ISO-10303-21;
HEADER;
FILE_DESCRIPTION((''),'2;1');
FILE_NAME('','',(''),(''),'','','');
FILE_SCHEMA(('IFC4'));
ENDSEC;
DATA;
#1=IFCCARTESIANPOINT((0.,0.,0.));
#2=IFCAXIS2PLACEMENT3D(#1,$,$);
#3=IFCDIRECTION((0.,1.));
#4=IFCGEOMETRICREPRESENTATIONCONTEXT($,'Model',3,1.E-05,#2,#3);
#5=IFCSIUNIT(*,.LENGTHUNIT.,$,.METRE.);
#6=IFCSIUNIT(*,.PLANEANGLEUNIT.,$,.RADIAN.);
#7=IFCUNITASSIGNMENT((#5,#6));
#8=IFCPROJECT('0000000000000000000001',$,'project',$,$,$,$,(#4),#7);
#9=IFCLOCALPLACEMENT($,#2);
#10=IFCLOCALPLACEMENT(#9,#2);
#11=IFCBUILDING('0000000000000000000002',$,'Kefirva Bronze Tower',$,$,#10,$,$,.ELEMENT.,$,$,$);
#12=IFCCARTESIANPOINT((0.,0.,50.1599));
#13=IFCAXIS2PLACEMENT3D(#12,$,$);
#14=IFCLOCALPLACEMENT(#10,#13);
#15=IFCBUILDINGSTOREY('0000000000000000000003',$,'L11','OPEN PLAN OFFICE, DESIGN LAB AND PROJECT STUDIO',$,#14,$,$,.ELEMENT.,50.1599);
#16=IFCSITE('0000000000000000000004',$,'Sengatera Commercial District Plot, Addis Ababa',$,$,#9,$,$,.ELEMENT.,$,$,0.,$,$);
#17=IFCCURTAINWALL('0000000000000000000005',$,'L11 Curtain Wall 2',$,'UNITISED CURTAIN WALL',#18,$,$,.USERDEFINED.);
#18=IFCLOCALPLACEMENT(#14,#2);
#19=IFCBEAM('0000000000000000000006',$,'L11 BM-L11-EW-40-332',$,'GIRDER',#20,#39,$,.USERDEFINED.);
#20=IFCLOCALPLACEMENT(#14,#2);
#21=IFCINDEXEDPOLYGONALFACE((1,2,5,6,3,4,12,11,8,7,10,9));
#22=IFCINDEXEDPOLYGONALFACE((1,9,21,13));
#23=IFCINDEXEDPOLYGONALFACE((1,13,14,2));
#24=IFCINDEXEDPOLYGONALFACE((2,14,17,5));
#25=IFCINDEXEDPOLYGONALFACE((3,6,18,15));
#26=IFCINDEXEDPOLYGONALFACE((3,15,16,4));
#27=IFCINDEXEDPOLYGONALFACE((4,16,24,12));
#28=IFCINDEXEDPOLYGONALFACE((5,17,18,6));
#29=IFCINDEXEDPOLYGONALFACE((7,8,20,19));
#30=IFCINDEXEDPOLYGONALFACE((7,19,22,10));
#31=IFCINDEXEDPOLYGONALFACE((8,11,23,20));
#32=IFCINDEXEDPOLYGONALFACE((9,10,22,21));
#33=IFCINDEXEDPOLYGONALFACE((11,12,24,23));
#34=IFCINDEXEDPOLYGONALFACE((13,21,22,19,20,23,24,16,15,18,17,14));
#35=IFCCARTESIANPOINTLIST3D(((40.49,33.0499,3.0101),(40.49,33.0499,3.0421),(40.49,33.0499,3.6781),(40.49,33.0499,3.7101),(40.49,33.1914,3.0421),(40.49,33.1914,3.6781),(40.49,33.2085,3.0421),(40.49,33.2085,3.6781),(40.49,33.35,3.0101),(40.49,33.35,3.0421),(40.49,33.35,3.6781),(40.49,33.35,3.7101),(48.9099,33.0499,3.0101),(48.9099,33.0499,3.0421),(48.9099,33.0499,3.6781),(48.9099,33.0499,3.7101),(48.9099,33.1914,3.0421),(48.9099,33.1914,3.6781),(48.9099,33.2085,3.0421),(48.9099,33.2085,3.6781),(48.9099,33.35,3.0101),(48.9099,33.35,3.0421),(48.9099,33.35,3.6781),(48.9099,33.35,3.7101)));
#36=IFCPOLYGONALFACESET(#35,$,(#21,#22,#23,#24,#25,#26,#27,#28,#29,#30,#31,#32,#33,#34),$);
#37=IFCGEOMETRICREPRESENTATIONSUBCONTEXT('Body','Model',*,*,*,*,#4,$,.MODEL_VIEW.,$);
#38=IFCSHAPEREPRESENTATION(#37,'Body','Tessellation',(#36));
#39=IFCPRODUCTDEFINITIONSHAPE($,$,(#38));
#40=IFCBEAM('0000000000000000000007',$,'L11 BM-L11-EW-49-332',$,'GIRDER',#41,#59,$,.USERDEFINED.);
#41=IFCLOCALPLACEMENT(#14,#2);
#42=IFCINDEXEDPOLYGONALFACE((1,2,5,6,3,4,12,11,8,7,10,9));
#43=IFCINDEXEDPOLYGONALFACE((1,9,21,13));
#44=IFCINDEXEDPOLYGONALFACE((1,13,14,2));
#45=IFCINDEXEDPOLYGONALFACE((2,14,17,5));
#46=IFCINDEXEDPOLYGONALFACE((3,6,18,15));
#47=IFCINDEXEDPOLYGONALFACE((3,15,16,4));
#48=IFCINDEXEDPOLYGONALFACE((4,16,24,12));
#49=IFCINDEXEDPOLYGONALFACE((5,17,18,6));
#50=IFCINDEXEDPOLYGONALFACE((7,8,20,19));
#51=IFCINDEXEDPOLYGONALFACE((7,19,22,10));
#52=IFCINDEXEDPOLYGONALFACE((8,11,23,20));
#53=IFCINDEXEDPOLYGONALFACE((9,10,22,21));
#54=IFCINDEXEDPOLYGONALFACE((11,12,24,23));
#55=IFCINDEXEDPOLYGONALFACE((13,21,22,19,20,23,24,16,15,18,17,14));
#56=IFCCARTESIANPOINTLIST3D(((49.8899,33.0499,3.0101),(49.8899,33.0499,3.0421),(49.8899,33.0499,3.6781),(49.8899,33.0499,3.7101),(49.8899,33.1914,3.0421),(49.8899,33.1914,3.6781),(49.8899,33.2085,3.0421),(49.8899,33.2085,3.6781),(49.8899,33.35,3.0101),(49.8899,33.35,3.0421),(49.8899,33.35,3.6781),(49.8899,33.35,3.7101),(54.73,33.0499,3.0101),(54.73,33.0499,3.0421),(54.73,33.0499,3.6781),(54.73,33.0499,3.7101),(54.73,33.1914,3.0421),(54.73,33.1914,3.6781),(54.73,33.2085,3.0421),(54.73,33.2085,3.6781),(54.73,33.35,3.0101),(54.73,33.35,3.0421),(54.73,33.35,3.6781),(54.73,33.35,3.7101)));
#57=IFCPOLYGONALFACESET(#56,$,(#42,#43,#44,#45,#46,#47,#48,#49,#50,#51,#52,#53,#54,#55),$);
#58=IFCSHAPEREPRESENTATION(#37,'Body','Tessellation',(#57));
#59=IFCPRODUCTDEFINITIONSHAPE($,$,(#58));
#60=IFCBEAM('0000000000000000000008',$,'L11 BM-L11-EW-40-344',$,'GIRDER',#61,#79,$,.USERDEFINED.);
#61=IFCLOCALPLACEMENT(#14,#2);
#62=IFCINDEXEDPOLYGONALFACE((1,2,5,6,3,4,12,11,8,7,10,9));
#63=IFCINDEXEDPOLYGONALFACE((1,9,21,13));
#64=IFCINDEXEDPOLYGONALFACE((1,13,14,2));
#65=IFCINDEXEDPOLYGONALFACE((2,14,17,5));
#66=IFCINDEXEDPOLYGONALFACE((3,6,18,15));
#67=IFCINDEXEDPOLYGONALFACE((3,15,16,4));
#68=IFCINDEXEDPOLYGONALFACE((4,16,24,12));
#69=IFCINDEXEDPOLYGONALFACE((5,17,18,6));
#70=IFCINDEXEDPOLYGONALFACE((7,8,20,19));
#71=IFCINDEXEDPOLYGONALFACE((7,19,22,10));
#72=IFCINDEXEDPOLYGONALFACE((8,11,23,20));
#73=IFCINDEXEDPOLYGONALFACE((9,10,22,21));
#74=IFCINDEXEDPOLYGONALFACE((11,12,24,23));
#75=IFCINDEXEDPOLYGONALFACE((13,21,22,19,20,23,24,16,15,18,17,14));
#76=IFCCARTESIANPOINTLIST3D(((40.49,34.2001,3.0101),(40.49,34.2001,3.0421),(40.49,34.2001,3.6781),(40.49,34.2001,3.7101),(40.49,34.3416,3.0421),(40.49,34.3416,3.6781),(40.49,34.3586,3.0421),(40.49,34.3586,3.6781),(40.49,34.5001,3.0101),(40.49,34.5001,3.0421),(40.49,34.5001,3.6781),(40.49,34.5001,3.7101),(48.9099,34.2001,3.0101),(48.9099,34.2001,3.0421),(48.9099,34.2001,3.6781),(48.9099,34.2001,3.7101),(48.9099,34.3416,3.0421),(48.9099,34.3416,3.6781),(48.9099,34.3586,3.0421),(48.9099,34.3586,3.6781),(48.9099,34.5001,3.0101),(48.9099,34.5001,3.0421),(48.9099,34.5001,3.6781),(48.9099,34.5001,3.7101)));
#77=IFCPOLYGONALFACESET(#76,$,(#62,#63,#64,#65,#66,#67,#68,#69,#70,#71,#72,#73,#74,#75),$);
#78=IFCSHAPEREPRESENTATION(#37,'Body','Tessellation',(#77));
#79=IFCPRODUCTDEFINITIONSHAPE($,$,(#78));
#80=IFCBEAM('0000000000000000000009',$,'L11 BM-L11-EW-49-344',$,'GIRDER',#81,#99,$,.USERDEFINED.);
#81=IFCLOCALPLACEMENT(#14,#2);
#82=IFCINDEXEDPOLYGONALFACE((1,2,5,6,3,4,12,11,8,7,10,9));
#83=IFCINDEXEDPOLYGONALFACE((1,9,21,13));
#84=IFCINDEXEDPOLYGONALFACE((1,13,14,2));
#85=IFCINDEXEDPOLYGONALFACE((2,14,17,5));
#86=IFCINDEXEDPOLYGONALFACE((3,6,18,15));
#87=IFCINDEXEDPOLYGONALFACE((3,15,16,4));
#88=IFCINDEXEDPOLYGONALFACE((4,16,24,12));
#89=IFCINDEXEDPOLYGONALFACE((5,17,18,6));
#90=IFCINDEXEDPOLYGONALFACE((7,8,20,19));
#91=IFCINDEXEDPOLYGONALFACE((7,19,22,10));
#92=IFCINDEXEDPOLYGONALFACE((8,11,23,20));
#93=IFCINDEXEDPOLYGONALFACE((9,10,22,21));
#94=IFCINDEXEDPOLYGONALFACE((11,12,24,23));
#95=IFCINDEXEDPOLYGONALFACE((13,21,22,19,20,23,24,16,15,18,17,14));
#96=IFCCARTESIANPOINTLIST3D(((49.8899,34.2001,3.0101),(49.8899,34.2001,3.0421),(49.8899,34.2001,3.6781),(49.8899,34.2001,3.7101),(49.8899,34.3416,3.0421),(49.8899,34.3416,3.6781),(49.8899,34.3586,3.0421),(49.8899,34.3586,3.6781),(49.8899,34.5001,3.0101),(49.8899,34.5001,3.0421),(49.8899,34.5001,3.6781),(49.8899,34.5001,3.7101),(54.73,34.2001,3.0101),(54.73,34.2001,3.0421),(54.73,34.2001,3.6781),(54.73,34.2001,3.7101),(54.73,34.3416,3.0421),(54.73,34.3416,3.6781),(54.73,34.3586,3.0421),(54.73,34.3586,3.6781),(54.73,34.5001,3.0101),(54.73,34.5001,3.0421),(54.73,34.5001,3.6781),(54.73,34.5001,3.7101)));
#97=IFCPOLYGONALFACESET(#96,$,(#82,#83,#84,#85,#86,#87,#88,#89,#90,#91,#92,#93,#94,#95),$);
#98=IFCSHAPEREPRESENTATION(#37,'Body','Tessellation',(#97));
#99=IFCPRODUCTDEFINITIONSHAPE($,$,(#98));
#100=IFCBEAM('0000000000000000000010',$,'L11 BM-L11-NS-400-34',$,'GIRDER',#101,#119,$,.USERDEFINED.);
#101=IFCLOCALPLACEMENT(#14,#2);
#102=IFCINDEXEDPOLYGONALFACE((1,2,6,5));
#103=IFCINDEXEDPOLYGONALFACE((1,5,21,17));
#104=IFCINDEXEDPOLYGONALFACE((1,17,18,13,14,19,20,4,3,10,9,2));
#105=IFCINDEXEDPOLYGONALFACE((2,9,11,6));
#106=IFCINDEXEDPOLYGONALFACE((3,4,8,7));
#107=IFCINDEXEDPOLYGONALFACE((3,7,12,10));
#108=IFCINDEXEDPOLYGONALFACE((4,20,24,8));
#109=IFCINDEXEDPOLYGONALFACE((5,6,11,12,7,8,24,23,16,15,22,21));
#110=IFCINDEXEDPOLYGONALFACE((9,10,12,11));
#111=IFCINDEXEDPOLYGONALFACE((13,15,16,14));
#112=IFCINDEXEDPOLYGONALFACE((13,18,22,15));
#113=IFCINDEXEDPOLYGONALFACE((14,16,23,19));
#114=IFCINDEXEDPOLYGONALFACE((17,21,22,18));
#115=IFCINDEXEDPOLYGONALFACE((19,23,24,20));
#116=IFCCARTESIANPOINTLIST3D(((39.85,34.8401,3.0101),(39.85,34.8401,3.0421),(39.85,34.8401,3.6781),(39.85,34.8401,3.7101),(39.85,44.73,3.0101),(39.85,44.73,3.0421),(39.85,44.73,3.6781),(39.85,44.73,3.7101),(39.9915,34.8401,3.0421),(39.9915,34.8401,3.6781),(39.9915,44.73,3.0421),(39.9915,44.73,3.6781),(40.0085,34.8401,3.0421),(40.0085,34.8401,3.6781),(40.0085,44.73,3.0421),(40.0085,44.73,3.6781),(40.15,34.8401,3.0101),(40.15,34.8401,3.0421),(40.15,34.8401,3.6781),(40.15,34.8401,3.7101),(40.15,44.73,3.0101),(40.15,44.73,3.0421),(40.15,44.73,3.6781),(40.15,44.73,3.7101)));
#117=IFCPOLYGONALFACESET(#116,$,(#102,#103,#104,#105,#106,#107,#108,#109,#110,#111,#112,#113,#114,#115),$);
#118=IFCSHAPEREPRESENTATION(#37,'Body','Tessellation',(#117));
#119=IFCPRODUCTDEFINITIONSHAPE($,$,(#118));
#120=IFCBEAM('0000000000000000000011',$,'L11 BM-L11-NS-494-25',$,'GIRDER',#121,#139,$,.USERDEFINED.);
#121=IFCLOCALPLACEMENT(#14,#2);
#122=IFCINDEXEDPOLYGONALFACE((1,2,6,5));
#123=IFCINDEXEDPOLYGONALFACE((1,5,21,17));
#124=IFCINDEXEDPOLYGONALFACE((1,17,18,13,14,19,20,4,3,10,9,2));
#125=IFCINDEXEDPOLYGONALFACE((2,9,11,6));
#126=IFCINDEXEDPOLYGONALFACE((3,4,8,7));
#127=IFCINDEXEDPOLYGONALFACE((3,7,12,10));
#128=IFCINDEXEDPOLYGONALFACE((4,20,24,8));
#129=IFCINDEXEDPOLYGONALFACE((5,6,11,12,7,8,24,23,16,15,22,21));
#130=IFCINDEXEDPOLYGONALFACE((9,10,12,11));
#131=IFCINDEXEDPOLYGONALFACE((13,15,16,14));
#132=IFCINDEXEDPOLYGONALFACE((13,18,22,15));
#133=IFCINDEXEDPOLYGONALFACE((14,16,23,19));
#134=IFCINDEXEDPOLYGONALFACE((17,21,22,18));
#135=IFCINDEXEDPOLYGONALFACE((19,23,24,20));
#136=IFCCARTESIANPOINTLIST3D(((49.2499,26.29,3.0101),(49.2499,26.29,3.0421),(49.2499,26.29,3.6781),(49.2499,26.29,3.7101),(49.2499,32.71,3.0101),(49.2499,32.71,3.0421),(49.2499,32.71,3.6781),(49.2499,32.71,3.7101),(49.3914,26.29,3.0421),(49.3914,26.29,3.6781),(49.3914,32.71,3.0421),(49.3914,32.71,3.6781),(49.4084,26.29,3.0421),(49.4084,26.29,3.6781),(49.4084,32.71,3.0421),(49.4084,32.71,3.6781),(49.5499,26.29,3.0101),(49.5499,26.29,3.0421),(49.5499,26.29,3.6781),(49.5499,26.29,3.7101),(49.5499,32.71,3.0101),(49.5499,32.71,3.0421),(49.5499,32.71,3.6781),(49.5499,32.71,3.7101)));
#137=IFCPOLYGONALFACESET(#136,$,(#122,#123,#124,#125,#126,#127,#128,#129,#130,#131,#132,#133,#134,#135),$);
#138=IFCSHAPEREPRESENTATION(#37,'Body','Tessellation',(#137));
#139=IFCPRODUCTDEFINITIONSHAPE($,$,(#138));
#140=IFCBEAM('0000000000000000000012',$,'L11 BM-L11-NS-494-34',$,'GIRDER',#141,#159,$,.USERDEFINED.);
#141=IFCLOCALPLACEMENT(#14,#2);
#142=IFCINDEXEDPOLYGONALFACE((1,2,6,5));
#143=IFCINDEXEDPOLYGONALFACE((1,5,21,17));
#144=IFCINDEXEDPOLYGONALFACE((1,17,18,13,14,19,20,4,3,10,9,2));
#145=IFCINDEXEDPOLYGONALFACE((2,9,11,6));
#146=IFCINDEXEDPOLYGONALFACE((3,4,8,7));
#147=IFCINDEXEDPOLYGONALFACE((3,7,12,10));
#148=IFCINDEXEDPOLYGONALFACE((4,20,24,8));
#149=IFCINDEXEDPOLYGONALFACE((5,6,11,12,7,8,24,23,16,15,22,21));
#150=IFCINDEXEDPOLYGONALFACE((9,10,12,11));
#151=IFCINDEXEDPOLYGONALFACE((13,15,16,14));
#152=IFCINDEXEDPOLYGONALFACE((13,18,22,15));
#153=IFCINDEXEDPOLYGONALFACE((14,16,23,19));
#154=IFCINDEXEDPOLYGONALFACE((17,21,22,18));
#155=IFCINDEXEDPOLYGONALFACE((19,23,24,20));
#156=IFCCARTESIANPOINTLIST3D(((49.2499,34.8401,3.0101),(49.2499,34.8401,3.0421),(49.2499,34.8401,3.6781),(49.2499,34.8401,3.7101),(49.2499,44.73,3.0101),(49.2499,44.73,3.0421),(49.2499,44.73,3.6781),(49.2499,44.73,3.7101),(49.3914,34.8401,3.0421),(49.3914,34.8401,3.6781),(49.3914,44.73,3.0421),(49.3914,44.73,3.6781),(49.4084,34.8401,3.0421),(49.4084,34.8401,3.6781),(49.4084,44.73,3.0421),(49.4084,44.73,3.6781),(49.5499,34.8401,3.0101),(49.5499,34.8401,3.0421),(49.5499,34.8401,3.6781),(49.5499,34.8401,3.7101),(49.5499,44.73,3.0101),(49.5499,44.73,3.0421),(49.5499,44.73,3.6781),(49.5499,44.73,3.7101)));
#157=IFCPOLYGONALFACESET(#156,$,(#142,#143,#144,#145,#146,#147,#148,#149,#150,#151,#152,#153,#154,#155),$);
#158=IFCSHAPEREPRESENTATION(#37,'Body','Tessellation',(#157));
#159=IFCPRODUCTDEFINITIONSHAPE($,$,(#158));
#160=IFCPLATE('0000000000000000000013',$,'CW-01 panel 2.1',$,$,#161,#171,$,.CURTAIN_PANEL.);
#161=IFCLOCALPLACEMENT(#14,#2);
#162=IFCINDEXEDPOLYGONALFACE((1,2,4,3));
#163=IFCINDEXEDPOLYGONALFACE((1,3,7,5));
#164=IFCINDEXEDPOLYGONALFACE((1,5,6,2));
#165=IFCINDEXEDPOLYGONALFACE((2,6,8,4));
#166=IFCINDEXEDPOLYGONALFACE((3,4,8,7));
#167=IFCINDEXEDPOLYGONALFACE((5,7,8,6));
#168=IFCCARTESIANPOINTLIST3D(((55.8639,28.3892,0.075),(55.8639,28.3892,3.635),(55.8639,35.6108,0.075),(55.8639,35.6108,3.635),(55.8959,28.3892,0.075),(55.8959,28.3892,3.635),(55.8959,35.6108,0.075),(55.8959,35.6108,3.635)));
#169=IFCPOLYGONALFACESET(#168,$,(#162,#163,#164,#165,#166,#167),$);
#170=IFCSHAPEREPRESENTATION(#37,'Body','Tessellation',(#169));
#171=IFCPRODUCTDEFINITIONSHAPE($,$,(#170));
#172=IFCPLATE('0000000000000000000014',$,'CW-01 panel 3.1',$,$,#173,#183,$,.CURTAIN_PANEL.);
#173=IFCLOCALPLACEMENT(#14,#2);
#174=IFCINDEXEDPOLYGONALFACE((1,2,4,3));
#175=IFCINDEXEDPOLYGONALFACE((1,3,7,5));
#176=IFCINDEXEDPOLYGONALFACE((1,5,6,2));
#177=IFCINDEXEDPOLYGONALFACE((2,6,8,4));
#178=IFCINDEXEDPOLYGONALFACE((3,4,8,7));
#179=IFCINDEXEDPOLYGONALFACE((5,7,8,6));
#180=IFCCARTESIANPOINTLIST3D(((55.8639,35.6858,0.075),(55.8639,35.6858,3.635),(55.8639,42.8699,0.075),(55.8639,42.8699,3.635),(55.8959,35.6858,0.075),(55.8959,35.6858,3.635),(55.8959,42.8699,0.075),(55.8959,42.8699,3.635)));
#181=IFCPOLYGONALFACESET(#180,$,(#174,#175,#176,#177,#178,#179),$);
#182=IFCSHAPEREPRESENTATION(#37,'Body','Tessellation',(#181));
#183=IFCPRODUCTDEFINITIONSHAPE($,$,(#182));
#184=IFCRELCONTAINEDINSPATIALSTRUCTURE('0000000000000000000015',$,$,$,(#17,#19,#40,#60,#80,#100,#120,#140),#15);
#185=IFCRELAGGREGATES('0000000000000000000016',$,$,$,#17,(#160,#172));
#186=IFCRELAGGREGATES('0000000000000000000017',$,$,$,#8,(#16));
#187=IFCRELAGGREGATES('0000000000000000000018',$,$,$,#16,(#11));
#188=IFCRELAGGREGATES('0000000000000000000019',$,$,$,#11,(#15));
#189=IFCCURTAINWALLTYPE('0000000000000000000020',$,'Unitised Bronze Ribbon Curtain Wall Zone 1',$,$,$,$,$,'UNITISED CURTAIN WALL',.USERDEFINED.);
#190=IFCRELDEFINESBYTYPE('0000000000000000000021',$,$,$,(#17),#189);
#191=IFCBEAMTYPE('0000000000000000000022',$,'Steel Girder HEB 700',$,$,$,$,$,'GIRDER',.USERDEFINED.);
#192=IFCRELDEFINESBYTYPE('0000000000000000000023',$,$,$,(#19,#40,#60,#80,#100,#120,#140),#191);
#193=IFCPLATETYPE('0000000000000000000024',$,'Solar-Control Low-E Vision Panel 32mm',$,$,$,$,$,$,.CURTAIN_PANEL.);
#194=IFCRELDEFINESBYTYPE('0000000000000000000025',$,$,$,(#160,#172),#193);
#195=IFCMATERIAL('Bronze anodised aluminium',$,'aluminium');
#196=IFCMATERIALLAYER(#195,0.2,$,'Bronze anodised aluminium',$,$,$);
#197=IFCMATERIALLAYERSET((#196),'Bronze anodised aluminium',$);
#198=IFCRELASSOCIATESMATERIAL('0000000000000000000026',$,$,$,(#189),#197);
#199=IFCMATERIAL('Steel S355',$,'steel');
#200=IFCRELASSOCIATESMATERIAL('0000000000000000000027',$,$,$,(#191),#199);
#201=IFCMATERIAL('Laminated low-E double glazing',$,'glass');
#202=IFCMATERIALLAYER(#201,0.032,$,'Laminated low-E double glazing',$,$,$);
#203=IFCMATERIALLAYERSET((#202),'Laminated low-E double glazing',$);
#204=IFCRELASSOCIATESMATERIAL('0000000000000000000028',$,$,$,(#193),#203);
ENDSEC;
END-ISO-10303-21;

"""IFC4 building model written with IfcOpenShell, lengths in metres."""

from ifc_helpers import new_model, si_unit, direction, frame, origin, origin_2d, place, context, subcontext, project, spatial, rectangle, i_section, extrude, material, layer, layer_set, material_profile, profile_set, type_object, element, aggregate, save


model = new_model("IFC4")

# Units and contexts
model_context = context("Model", 3, precision=1e-05, world=origin(), true_north=direction((0.0, 1.0)))
body_context = subcontext(model_context, "Body", "Model", "MODEL_VIEW")
ifc_project = project(units=[si_unit("LENGTHUNIT", "METRE"), si_unit("PLANEANGLEUNIT", "RADIAN")], contexts=[model_context])

# Site, building, storey
site_placement = place(None, origin())
site = spatial("IfcSite", under=ifc_project, at=site_placement, Name="Sengatera Commercial District Plot, Addis Ababa", CompositionType="ELEMENT", RefElevation=0.0)
building_placement = place(site_placement, origin())
building = spatial("IfcBuilding", under=site, at=building_placement, Name="Kefirva Bronze Tower", CompositionType="ELEMENT")
storey_placement = place(building_placement, frame((0.0, 0.0, 50.1599)))
storey = spatial("IfcBuildingStorey", under=building, at=storey_placement, Name="L11", Description="OPEN PLAN OFFICE, DESIGN LAB AND PROJECT STUDIO", CompositionType="ELEMENT", Elevation=50.1599)

# Curtain wall
ifc_material_1 = material(Name="Bronze anodised aluminium", Category="aluminium")
ifc_layer_1 = layer(ifc_material_1, 0.2, Name="Bronze anodised aluminium")
ifc_layer_set_1 = layer_set([ifc_layer_1], Name="Bronze anodised aluminium")
curtain_wall_type = type_object("IfcCurtainWallType", Name="Unitised Bronze Ribbon Curtain Wall Zone 1", ElementType="UNITISED CURTAIN WALL", PredefinedType="USERDEFINED", material=ifc_layer_set_1)
curtain_wall_placement = place(storey_placement, origin())
curtain_wall = element("IfcCurtainWall", 1, at=curtain_wall_placement, inside=storey, type_object=curtain_wall_type, Name="L11 Curtain Wall 2", ObjectType="UNITISED CURTAIN WALL", PredefinedType="USERDEFINED")

# Beams
ifc_material_2 = material(Name="Steel S355", Category="steel")
ifc_material_profile_1 = material_profile(ifc_material_2, i_section(OverallWidth=0.3, OverallDepth=0.7, WebThickness=0.0171, FlangeThickness=0.032, at=origin_2d()), Name="HEB 700")
ifc_profile_set_1 = profile_set([ifc_material_profile_1], Name="Steel S355")
beam_type_1 = type_object("IfcBeamType", Name="Steel Girder HEB 700", ElementType="GIRDER", PredefinedType="USERDEFINED", material=ifc_profile_set_1)
for number, where, z_axis, x_axis, name in (
    (2, (40.49, 33.2, 3.3601), (1.0, 0.0, 0.0), (0.0, 1.0, 0.0), "L11 BM-L11-EW-40-332"),
):
    element("IfcBeam", number, at=place(storey_placement, frame(where, z_axis=z_axis, x_axis=x_axis)), inside=storey, type_object=beam_type_1, Name=name, ObjectType="GIRDER", PredefinedType="USERDEFINED", context=body_context, shape_type="SweptSolid", body=[
        extrude(i_section(OverallWidth=0.3, OverallDepth=0.7, WebThickness=0.0171, FlangeThickness=0.032, at=origin_2d()), origin(), (0.0, 0.0, 1.0), 8.4199),
    ])
beam_1_placement = place(storey_placement, frame((49.8899, 33.2, 3.3601), z_axis=(1.0, 0.0, 0.0), x_axis=(0.0, 1.0, 0.0)))
element("IfcBeam", 3, at=beam_1_placement, inside=storey, type_object=beam_type_1, Name="L11 BM-L11-EW-49-332", ObjectType="GIRDER", PredefinedType="USERDEFINED", context=body_context, shape_type="SweptSolid", body=[
    extrude(i_section(OverallWidth=0.3, OverallDepth=0.7, WebThickness=0.0171, FlangeThickness=0.032, at=origin_2d()), origin(), (0.0, 0.0, 1.0), 4.8401),
])
beam_2_placement = place(storey_placement, frame((40.49, 34.3501, 3.3601), z_axis=(1.0, 0.0, 0.0), x_axis=(0.0, 1.0, 0.0)))
element("IfcBeam", 4, at=beam_2_placement, inside=storey, type_object=beam_type_1, Name="L11 BM-L11-EW-40-344", ObjectType="GIRDER", PredefinedType="USERDEFINED", context=body_context, shape_type="SweptSolid", body=[
    extrude(i_section(OverallWidth=0.3, OverallDepth=0.7, WebThickness=0.0171, FlangeThickness=0.032, at=origin_2d()), origin(), (0.0, 0.0, 1.0), 8.4199),
])
beam_3_placement = place(storey_placement, frame((49.8899, 34.3501, 3.3601), z_axis=(1.0, 0.0, 0.0), x_axis=(0.0, 1.0, 0.0)))
element("IfcBeam", 5, at=beam_3_placement, inside=storey, type_object=beam_type_1, Name="L11 BM-L11-EW-49-344", ObjectType="GIRDER", PredefinedType="USERDEFINED", context=body_context, shape_type="SweptSolid", body=[
    extrude(i_section(OverallWidth=0.3, OverallDepth=0.7, WebThickness=0.0171, FlangeThickness=0.032, at=origin_2d()), origin(), (0.0, 0.0, 1.0), 4.8401),
])
beam_4_placement = place(storey_placement, frame((40.0, 34.8401, 3.3601), z_axis=(0.0, 1.0, 0.0), x_axis=(-1.0, 0.0, 0.0)))
element("IfcBeam", 6, at=beam_4_placement, inside=storey, type_object=beam_type_1, Name="L11 BM-L11-NS-400-34", ObjectType="GIRDER", PredefinedType="USERDEFINED", context=body_context, shape_type="SweptSolid", body=[
    extrude(i_section(OverallWidth=0.3, OverallDepth=0.7, WebThickness=0.0171, FlangeThickness=0.032, at=origin_2d()), origin(), (0.0, 0.0, 1.0), 9.8899),
])
beam_5_placement = place(storey_placement, frame((49.3999, 26.29, 3.3601), z_axis=(0.0, 1.0, 0.0), x_axis=(-1.0, 0.0, 0.0)))
element("IfcBeam", 7, at=beam_5_placement, inside=storey, type_object=beam_type_1, Name="L11 BM-L11-NS-494-25", ObjectType="GIRDER", PredefinedType="USERDEFINED", context=body_context, shape_type="SweptSolid", body=[
    extrude(i_section(OverallWidth=0.3, OverallDepth=0.7, WebThickness=0.0171, FlangeThickness=0.032, at=origin_2d()), origin(), (0.0, 0.0, 1.0), 6.4199),
])
beam_6_placement = place(storey_placement, frame((49.3999, 34.8401, 3.3601), z_axis=(0.0, 1.0, 0.0), x_axis=(-1.0, 0.0, 0.0)))
element("IfcBeam", 8, at=beam_6_placement, inside=storey, type_object=beam_type_1, Name="L11 BM-L11-NS-494-34", ObjectType="GIRDER", PredefinedType="USERDEFINED", context=body_context, shape_type="SweptSolid", body=[
    extrude(i_section(OverallWidth=0.3, OverallDepth=0.7, WebThickness=0.0171, FlangeThickness=0.032, at=origin_2d()), origin(), (0.0, 0.0, 1.0), 9.8899),
])

# Plates
ifc_material_3 = material(Name="Laminated low-E double glazing", Category="glass")
ifc_layer_2 = layer(ifc_material_3, 0.032, Name="Laminated low-E double glazing")
ifc_layer_set_2 = layer_set([ifc_layer_2], Name="Laminated low-E double glazing")
plate_type = type_object("IfcPlateType", Name="Solar-Control Low-E Vision Panel 32mm", PredefinedType="CURTAIN_PANEL", material=ifc_layer_set_2)
plate_1_placement = place(storey_placement, frame((55.8799, 32.0, 0.075), z_axis=(0.0, 0.0, 1.0), x_axis=(0.0, 1.0, 0.0)))
plate_1 = element("IfcPlate", 9, at=plate_1_placement, type_object=plate_type, Name="CW-01 panel 2.1", PredefinedType="CURTAIN_PANEL", context=body_context, shape_type="SweptSolid", body=[
    extrude(rectangle(XDim=7.2217, YDim=0.032, at=origin_2d()), origin(), (0.0, 0.0, 1.0), 3.5601),
])
plate_2_placement = place(storey_placement, frame((55.8799, 39.2778, 0.075), z_axis=(0.0, 0.0, 1.0), x_axis=(0.0, 1.0, 0.0)))
plate_2 = element("IfcPlate", 10, at=plate_2_placement, type_object=plate_type, Name="CW-01 panel 3.1", PredefinedType="CURTAIN_PANEL", context=body_context, shape_type="SweptSolid", body=[
    extrude(rectangle(XDim=7.1841, YDim=0.032, at=origin_2d()), origin(), (0.0, 0.0, 1.0), 3.5601),
])
aggregate(curtain_wall, [plate_1, plate_2])

save(model, "model.ifc")
